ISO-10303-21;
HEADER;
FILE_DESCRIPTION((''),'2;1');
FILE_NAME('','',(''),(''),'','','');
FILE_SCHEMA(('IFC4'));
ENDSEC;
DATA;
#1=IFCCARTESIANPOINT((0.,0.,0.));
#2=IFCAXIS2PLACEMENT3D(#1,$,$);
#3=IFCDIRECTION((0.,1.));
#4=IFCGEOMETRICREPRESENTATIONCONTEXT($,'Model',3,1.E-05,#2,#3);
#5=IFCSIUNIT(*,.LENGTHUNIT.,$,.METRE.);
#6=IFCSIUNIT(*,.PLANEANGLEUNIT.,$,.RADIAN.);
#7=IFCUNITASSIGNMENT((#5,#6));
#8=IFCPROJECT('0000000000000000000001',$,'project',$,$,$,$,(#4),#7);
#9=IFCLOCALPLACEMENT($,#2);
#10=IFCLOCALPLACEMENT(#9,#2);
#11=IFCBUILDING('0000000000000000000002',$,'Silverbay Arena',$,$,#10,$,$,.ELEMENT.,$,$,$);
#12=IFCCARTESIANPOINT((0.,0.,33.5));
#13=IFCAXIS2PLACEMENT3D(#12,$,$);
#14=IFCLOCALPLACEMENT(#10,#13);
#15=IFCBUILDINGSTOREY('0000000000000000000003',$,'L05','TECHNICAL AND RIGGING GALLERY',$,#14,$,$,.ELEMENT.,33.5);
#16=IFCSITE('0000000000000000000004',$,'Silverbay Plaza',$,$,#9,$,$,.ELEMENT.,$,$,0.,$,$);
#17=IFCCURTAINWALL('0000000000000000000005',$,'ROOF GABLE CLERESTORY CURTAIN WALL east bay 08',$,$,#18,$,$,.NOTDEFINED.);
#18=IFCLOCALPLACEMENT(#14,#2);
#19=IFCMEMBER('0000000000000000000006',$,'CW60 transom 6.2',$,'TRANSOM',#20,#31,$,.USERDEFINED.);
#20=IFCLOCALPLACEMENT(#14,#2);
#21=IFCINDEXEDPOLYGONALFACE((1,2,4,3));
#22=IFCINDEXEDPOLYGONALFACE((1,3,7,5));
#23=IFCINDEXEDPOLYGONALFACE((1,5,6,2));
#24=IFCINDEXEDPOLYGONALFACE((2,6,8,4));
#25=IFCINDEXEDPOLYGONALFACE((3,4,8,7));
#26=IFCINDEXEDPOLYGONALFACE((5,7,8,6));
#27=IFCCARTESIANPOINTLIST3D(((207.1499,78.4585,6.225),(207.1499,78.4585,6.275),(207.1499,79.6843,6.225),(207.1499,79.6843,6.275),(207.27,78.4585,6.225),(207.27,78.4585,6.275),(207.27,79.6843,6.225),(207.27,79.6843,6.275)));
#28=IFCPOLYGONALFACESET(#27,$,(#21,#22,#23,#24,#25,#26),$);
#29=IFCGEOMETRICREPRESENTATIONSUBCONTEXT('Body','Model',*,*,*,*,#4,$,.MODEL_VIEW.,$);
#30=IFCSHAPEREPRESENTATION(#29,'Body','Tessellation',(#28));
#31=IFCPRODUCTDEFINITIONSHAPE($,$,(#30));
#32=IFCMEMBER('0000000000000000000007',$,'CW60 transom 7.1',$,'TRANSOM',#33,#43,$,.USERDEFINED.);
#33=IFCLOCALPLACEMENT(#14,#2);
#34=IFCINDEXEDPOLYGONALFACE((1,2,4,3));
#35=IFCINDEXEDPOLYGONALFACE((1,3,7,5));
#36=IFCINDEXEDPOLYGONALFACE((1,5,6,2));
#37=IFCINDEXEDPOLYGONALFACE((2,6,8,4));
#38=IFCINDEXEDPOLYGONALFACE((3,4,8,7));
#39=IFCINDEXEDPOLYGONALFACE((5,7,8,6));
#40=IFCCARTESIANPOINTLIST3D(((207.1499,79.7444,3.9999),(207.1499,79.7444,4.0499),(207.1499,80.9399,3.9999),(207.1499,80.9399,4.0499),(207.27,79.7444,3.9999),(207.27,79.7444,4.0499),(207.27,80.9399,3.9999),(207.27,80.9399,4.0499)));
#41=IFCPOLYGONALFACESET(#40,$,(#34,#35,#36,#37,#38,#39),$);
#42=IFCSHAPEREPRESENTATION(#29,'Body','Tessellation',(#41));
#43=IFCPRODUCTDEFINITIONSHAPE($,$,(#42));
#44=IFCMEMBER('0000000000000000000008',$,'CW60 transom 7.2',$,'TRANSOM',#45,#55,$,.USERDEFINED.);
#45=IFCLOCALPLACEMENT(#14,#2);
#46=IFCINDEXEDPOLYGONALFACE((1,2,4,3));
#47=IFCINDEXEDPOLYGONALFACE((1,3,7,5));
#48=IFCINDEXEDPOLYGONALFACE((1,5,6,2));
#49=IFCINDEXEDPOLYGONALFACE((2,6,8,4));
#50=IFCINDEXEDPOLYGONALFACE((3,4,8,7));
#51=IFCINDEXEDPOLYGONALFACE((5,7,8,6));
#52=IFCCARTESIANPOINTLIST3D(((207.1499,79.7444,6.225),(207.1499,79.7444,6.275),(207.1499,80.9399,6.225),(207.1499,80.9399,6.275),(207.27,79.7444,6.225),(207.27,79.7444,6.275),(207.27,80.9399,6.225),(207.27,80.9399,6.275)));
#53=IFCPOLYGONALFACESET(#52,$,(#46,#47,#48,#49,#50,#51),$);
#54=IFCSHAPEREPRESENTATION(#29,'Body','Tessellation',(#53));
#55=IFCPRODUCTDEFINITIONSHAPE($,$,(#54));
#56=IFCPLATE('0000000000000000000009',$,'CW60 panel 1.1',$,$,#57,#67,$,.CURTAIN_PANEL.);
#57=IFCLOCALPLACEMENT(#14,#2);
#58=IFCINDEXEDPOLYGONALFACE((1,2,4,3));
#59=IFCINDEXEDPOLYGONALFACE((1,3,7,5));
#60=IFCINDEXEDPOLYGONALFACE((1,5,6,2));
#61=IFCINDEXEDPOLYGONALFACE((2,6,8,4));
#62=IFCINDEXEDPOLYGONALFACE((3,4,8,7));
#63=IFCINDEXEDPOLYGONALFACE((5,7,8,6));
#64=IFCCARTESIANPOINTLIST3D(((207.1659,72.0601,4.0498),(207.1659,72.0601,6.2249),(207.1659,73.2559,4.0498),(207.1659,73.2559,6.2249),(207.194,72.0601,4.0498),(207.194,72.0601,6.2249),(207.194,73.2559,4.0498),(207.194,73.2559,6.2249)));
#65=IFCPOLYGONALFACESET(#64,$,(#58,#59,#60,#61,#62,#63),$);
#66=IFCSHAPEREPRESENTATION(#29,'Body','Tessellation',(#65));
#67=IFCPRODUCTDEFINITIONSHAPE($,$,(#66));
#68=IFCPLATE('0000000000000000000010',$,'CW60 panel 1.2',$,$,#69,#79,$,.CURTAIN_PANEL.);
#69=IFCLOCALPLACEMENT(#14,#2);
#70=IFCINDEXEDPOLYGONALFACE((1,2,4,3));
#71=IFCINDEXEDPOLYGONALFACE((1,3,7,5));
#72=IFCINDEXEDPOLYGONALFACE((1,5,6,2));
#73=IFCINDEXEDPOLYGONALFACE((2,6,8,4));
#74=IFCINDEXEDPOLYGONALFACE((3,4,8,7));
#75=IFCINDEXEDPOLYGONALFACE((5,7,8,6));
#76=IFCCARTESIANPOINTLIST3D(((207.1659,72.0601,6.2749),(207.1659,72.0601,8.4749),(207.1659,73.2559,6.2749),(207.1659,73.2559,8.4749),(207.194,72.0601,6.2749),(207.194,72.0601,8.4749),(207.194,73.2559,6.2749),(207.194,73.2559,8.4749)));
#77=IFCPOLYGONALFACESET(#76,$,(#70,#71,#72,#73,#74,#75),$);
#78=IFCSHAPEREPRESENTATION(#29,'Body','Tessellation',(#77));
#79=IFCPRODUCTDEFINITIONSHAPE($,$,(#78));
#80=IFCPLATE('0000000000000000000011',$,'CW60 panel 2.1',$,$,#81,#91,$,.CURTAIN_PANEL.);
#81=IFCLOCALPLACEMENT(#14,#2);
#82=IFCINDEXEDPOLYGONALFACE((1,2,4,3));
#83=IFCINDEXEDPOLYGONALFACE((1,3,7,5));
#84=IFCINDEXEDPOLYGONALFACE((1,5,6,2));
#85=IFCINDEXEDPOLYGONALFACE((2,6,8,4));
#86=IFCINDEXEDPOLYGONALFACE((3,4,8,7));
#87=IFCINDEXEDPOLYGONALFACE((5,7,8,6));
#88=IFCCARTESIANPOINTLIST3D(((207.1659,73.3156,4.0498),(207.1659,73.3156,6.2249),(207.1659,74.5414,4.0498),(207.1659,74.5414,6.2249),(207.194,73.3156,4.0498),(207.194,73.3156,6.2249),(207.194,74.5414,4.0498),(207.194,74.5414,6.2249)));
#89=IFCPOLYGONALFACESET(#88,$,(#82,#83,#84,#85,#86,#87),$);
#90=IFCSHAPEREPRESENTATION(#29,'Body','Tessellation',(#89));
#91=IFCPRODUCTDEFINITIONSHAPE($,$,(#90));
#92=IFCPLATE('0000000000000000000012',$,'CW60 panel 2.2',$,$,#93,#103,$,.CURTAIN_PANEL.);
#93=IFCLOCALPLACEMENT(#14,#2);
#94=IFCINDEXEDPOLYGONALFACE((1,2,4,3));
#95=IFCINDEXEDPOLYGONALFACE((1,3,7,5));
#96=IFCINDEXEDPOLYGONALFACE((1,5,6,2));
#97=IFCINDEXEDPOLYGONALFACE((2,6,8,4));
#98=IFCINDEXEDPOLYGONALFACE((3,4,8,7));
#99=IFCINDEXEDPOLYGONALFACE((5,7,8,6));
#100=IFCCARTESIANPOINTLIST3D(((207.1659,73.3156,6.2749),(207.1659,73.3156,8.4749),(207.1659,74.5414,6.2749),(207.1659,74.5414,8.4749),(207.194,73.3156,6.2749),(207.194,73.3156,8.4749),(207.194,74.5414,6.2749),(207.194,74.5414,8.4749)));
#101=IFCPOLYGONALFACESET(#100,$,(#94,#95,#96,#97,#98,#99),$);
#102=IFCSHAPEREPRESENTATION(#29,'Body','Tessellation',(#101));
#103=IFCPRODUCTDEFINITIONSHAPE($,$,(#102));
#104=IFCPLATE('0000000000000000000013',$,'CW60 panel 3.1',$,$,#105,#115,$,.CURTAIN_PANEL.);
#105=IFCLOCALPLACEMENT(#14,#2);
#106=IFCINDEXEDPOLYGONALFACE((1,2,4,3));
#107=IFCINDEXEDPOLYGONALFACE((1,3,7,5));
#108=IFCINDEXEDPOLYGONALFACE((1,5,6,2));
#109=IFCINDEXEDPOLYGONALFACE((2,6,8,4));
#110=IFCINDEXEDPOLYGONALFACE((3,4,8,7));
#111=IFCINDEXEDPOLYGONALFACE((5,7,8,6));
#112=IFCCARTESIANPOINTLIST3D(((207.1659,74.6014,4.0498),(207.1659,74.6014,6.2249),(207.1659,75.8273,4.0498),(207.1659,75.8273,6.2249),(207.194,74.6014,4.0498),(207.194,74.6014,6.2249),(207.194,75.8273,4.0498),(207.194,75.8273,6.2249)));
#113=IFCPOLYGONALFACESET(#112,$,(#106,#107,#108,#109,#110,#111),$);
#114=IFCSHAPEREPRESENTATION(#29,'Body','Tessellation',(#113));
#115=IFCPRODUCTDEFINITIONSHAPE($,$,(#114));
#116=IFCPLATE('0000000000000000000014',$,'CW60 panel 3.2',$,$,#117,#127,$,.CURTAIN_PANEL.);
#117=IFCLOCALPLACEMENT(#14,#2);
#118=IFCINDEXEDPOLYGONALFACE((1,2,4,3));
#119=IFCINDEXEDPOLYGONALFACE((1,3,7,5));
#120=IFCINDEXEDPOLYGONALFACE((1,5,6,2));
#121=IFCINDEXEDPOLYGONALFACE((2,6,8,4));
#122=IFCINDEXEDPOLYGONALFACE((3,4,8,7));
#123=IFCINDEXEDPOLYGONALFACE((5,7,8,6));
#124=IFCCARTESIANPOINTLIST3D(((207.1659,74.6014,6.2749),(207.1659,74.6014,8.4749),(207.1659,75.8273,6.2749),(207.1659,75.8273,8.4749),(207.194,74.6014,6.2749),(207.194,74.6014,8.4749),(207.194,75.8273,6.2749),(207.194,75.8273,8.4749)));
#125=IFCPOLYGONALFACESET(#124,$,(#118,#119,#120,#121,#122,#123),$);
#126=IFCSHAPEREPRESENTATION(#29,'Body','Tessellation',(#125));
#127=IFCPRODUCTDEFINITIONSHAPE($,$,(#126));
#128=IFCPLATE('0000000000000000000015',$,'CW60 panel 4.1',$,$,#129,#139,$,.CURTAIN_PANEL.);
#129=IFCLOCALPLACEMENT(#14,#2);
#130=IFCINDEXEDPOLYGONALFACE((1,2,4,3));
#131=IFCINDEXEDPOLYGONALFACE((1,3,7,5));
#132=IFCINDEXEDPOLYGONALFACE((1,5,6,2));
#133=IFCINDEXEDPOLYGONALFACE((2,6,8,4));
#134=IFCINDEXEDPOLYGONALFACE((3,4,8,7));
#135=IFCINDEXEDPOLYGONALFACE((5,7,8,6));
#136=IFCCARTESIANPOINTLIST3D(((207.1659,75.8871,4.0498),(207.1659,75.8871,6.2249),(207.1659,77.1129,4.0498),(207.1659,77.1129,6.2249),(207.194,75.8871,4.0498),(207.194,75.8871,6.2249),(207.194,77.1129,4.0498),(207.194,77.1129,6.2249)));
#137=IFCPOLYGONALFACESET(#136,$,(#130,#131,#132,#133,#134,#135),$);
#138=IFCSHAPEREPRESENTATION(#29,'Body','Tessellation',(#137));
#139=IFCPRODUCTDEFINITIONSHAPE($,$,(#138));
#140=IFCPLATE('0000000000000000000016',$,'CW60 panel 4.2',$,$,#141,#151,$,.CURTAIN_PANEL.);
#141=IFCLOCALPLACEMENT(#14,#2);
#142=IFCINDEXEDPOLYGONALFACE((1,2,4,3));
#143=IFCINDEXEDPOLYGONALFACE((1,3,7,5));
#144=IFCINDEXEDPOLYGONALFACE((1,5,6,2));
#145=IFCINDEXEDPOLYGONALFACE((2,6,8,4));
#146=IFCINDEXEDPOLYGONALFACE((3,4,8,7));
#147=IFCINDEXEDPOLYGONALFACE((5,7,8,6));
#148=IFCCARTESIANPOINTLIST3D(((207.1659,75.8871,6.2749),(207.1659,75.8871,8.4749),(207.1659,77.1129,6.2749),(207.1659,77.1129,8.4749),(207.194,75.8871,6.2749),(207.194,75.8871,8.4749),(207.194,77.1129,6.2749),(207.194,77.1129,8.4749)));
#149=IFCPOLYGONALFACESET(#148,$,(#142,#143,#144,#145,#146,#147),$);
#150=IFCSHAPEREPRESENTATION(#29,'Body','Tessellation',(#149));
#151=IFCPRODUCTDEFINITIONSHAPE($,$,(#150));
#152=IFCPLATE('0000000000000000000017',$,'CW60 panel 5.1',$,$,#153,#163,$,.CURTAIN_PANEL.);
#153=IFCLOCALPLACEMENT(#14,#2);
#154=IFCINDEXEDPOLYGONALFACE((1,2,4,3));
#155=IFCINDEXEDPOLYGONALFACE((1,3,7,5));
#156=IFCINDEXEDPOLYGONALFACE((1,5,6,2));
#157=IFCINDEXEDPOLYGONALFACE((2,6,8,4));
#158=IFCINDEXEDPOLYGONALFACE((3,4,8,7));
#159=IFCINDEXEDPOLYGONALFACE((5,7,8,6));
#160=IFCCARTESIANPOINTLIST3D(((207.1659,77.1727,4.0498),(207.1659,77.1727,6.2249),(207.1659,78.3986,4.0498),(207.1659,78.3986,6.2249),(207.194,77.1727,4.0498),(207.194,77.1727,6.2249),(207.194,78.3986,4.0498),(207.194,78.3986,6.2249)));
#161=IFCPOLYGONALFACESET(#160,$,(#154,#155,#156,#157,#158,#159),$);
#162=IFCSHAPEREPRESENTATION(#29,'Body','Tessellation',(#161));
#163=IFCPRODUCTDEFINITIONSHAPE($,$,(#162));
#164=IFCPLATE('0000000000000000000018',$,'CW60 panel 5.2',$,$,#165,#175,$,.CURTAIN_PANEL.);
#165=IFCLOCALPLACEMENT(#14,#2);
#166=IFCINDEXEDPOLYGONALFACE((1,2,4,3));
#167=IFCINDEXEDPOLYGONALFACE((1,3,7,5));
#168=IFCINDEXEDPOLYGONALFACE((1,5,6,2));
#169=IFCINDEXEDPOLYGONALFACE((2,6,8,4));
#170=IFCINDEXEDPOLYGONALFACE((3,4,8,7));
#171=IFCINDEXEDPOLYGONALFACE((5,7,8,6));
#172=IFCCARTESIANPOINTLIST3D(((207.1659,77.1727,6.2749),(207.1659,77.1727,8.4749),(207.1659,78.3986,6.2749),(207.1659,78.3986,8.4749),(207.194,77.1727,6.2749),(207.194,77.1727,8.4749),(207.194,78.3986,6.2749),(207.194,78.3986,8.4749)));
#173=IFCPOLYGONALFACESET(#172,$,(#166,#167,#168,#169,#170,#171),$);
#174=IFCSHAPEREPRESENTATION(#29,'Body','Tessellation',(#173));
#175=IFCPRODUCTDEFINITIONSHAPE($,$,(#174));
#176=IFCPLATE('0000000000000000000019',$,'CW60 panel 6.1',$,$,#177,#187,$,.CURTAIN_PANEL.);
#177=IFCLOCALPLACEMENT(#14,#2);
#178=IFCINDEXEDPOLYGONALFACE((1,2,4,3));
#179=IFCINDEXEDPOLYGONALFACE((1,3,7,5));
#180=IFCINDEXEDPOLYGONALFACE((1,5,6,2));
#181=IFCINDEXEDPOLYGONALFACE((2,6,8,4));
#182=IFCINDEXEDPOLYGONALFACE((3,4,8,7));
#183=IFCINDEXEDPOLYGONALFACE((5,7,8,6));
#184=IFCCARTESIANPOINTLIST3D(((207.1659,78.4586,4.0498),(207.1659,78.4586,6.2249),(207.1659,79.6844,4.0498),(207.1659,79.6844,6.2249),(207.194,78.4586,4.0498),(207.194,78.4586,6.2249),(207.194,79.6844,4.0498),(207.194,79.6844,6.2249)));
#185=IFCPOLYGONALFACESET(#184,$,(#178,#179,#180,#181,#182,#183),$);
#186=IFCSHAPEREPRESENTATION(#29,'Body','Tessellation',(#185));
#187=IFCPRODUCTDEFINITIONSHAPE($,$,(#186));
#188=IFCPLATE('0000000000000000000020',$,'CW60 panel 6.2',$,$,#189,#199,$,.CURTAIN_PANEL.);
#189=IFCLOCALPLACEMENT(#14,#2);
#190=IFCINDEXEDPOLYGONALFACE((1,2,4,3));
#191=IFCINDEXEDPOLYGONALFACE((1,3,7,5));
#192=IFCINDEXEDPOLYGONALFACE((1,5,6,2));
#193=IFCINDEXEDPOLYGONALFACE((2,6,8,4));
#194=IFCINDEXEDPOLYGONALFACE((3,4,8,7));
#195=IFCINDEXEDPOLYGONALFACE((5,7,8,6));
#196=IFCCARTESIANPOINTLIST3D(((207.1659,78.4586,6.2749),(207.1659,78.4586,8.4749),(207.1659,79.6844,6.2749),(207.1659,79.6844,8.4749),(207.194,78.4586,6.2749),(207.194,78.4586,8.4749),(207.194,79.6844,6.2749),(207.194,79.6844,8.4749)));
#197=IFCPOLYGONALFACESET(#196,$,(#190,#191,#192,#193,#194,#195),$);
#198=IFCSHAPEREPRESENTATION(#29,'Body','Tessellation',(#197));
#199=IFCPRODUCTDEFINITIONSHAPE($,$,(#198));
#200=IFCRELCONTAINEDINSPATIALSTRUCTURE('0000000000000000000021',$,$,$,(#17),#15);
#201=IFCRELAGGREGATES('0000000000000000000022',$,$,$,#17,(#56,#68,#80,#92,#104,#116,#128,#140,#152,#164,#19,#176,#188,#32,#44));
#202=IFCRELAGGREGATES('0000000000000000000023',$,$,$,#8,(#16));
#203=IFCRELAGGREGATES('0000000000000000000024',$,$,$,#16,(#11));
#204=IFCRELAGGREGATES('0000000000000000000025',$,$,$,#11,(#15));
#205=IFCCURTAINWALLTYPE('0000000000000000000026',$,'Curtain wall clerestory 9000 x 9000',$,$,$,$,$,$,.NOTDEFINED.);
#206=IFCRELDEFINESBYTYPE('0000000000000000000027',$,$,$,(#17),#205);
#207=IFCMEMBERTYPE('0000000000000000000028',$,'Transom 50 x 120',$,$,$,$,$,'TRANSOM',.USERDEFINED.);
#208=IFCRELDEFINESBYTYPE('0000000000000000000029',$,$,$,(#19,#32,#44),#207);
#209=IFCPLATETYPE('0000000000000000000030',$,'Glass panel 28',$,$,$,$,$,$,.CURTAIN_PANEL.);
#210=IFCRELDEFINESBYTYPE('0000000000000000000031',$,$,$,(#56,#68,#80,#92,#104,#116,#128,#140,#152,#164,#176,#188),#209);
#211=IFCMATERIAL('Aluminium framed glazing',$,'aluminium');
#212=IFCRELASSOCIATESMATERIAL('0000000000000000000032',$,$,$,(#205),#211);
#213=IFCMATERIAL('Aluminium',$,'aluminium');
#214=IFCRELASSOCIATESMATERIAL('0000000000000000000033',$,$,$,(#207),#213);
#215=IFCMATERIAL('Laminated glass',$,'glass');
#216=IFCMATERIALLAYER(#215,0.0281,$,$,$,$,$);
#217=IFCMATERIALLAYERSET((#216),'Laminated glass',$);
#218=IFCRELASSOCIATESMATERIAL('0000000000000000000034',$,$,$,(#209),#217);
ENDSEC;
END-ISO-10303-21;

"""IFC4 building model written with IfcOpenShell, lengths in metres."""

from ifc_helpers import new_model, si_unit, direction, frame, origin, origin_2d, place, context, subcontext, project, spatial, rectangle, extrude, material, layer, layer_set, material_profile, profile_set, type_object, element, aggregate, save


model = new_model("IFC4")

# Units and contexts
model_context = context("Model", 3, precision=1e-05, world=origin(), true_north=direction((0.0, 1.0)))
body_context = subcontext(model_context, "Body", "Model", "MODEL_VIEW")
ifc_project = project(units=[si_unit("LENGTHUNIT", "METRE"), si_unit("PLANEANGLEUNIT", "RADIAN")], contexts=[model_context])

# Site, building, storey
site_placement = place(None, origin())
site = spatial("IfcSite", under=ifc_project, at=site_placement, Name="Silverbay Plaza", CompositionType="ELEMENT", RefElevation=0.0)
building_placement = place(site_placement, origin())
building = spatial("IfcBuilding", under=site, at=building_placement, Name="Silverbay Arena", CompositionType="ELEMENT")
storey_placement = place(building_placement, frame((0.0, 0.0, 33.5)))
storey = spatial("IfcBuildingStorey", under=building, at=storey_placement, Name="L05", Description="TECHNICAL AND RIGGING GALLERY", CompositionType="ELEMENT", Elevation=33.5)

# Curtain wall, members, plates
ifc_material_1 = material(Name="Aluminium framed glazing", Category="aluminium")
curtain_wall_type = type_object("IfcCurtainWallType", Name="Curtain wall clerestory 9000 x 9000", PredefinedType="NOTDEFINED", material=ifc_material_1)
curtain_wall_placement = place(storey_placement, origin())
curtain_wall = element("IfcCurtainWall", 1, at=curtain_wall_placement, inside=storey, type_object=curtain_wall_type, Name="ROOF GABLE CLERESTORY CURTAIN WALL east bay 08", PredefinedType="NOTDEFINED")
ifc_material_2 = material(Name="Aluminium", Category="aluminium")
ifc_material_profile_1 = material_profile(ifc_material_2, rectangle(XDim=0.1201, YDim=0.05, at=origin_2d()), Name="Transom 50 x 120")
ifc_profile_set_1 = profile_set([ifc_material_profile_1], Name="Aluminium")
member_type_1 = type_object("IfcMemberType", Name="Transom 50 x 120", ElementType="TRANSOM", PredefinedType="USERDEFINED", material=ifc_profile_set_1)
member_1_placement = place(storey_placement, frame((207.21, 78.4585, 6.25), z_axis=(0.0, 1.0, 0.0), x_axis=(-1.0, 0.0, 0.0)))
member_1 = element("IfcMember", 2, at=member_1_placement, type_object=member_type_1, Name="CW60 transom 6.2", ObjectType="TRANSOM", PredefinedType="USERDEFINED", context=body_context, shape_type="SweptSolid", body=[
    extrude(rectangle(XDim=0.1201, YDim=0.05, at=origin_2d()), origin(), (0.0, 0.0, 1.0), 1.2258),
])
member_2_placement = place(storey_placement, frame((207.21, 79.7444, 4.0249), z_axis=(0.0, 1.0, 0.0), x_axis=(-1.0, 0.0, 0.0)))
member_2 = element("IfcMember", 3, at=member_2_placement, type_object=member_type_1, Name="CW60 transom 7.1", ObjectType="TRANSOM", PredefinedType="USERDEFINED", context=body_context, shape_type="SweptSolid", body=[
    extrude(rectangle(XDim=0.1201, YDim=0.05, at=origin_2d()), origin(), (0.0, 0.0, 1.0), 1.1956),
])
member_3_placement = place(storey_placement, frame((207.21, 79.7444, 6.25), z_axis=(0.0, 1.0, 0.0), x_axis=(-1.0, 0.0, 0.0)))
member_3 = element("IfcMember", 4, at=member_3_placement, type_object=member_type_1, Name="CW60 transom 7.2", ObjectType="TRANSOM", PredefinedType="USERDEFINED", context=body_context, shape_type="SweptSolid", body=[
    extrude(rectangle(XDim=0.1201, YDim=0.05, at=origin_2d()), origin(), (0.0, 0.0, 1.0), 1.1956),
])
ifc_material_3 = material(Name="Laminated glass", Category="glass")
ifc_layer = layer(ifc_material_3, 0.0281)
ifc_layer_set = layer_set([ifc_layer], Name="Laminated glass")
plate_type = type_object("IfcPlateType", Name="Glass panel 28", PredefinedType="CURTAIN_PANEL", material=ifc_layer_set)
plate_1_placement = place(storey_placement, frame((207.1799, 72.658, 4.0498), z_axis=(0.0, 0.0, 1.0), x_axis=(0.0, 1.0, 0.0)))
plate_1 = element("IfcPlate", 5, at=plate_1_placement, type_object=plate_type, Name="CW60 panel 1.1", PredefinedType="CURTAIN_PANEL", context=body_context, shape_type="SweptSolid", body=[
    extrude(rectangle(XDim=1.1958, YDim=0.0281, at=origin_2d()), origin(), (0.0, 0.0, 1.0), 2.175),
])
plate_2_placement = place(storey_placement, frame((207.1799, 72.658, 6.2749), z_axis=(0.0, 0.0, 1.0), x_axis=(0.0, 1.0, 0.0)))
plate_2 = element("IfcPlate", 6, at=plate_2_placement, type_object=plate_type, Name="CW60 panel 1.2", PredefinedType="CURTAIN_PANEL", context=body_context, shape_type="SweptSolid", body=[
    extrude(rectangle(XDim=1.1958, YDim=0.0281, at=origin_2d()), origin(), (0.0, 0.0, 1.0), 2.2),
])
plate_3_placement = place(storey_placement, frame((207.1799, 73.9285, 4.0498), z_axis=(0.0, 0.0, 1.0), x_axis=(0.0, 1.0, 0.0)))
plate_3 = element("IfcPlate", 7, at=plate_3_placement, type_object=plate_type, Name="CW60 panel 2.1", PredefinedType="CURTAIN_PANEL", context=body_context, shape_type="SweptSolid", body=[
    extrude(rectangle(XDim=1.2258, YDim=0.0281, at=origin_2d()), origin(), (0.0, 0.0, 1.0), 2.175),
])
plate_4_placement = place(storey_placement, frame((207.1799, 73.9285, 6.2749), z_axis=(0.0, 0.0, 1.0), x_axis=(0.0, 1.0, 0.0)))
plate_4 = element("IfcPlate", 8, at=plate_4_placement, type_object=plate_type, Name="CW60 panel 2.2", PredefinedType="CURTAIN_PANEL", context=body_context, shape_type="SweptSolid", body=[
    extrude(rectangle(XDim=1.2258, YDim=0.0281, at=origin_2d()), origin(), (0.0, 0.0, 1.0), 2.2),
])
plate_5_placement = place(storey_placement, frame((207.1799, 75.2144, 4.0498), z_axis=(0.0, 0.0, 1.0), x_axis=(0.0, 1.0, 0.0)))
plate_5 = element("IfcPlate", 9, at=plate_5_placement, type_object=plate_type, Name="CW60 panel 3.1", PredefinedType="CURTAIN_PANEL", context=body_context, shape_type="SweptSolid", body=[
    extrude(rectangle(XDim=1.2258, YDim=0.0281, at=origin_2d()), origin(), (0.0, 0.0, 1.0), 2.175),
])
plate_6_placement = place(storey_placement, frame((207.1799, 75.2144, 6.2749), z_axis=(0.0, 0.0, 1.0), x_axis=(0.0, 1.0, 0.0)))
plate_6 = element("IfcPlate", 10, at=plate_6_placement, type_object=plate_type, Name="CW60 panel 3.2", PredefinedType="CURTAIN_PANEL", context=body_context, shape_type="SweptSolid", body=[
    extrude(rectangle(XDim=1.2258, YDim=0.0281, at=origin_2d()), origin(), (0.0, 0.0, 1.0), 2.2),
])
plate_7_placement = place(storey_placement, frame((207.1799, 76.5, 4.0498), z_axis=(0.0, 0.0, 1.0), x_axis=(0.0, 1.0, 0.0)))
plate_7 = element("IfcPlate", 11, at=plate_7_placement, type_object=plate_type, Name="CW60 panel 4.1", PredefinedType="CURTAIN_PANEL", context=body_context, shape_type="SweptSolid", body=[
    extrude(rectangle(XDim=1.2258, YDim=0.0281, at=origin_2d()), origin(), (0.0, 0.0, 1.0), 2.175),
])
plate_8_placement = place(storey_placement, frame((207.1799, 76.5, 6.2749), z_axis=(0.0, 0.0, 1.0), x_axis=(0.0, 1.0, 0.0)))
plate_8 = element("IfcPlate", 12, at=plate_8_placement, type_object=plate_type, Name="CW60 panel 4.2", PredefinedType="CURTAIN_PANEL", context=body_context, shape_type="SweptSolid", body=[
    extrude(rectangle(XDim=1.2258, YDim=0.0281, at=origin_2d()), origin(), (0.0, 0.0, 1.0), 2.2),
])
plate_9_placement = place(storey_placement, frame((207.1799, 77.7856, 4.0498), z_axis=(0.0, 0.0, 1.0), x_axis=(0.0, 1.0, 0.0)))
plate_9 = element("IfcPlate", 13, at=plate_9_placement, type_object=plate_type, Name="CW60 panel 5.1", PredefinedType="CURTAIN_PANEL", context=body_context, shape_type="SweptSolid", body=[
    extrude(rectangle(XDim=1.2258, YDim=0.0281, at=origin_2d()), origin(), (0.0, 0.0, 1.0), 2.175),
])
plate_10_placement = place(storey_placement, frame((207.1799, 77.7856, 6.2749), z_axis=(0.0, 0.0, 1.0), x_axis=(0.0, 1.0, 0.0)))
plate_10 = element("IfcPlate", 14, at=plate_10_placement, type_object=plate_type, Name="CW60 panel 5.2", PredefinedType="CURTAIN_PANEL", context=body_context, shape_type="SweptSolid", body=[
    extrude(rectangle(XDim=1.2258, YDim=0.0281, at=origin_2d()), origin(), (0.0, 0.0, 1.0), 2.2),
])
plate_11_placement = place(storey_placement, frame((207.1799, 79.0715, 4.0498), z_axis=(0.0, 0.0, 1.0), x_axis=(0.0, 1.0, 0.0)))
plate_11 = element("IfcPlate", 15, at=plate_11_placement, type_object=plate_type, Name="CW60 panel 6.1", PredefinedType="CURTAIN_PANEL", context=body_context, shape_type="SweptSolid", body=[
    extrude(rectangle(XDim=1.2258, YDim=0.0281, at=origin_2d()), origin(), (0.0, 0.0, 1.0), 2.175),
])
plate_12_placement = place(storey_placement, frame((207.1799, 79.0715, 6.2749), z_axis=(0.0, 0.0, 1.0), x_axis=(0.0, 1.0, 0.0)))
plate_12 = element("IfcPlate", 16, at=plate_12_placement, type_object=plate_type, Name="CW60 panel 6.2", PredefinedType="CURTAIN_PANEL", context=body_context, shape_type="SweptSolid", body=[
    extrude(rectangle(XDim=1.2258, YDim=0.0281, at=origin_2d()), origin(), (0.0, 0.0, 1.0), 2.2),
])
aggregate(curtain_wall, [plate_1, plate_2, plate_3, plate_4, plate_5, plate_6, plate_7, plate_8, plate_9, plate_10, member_1, plate_11, plate_12, member_2, member_3])

save(model, "model.ifc")
